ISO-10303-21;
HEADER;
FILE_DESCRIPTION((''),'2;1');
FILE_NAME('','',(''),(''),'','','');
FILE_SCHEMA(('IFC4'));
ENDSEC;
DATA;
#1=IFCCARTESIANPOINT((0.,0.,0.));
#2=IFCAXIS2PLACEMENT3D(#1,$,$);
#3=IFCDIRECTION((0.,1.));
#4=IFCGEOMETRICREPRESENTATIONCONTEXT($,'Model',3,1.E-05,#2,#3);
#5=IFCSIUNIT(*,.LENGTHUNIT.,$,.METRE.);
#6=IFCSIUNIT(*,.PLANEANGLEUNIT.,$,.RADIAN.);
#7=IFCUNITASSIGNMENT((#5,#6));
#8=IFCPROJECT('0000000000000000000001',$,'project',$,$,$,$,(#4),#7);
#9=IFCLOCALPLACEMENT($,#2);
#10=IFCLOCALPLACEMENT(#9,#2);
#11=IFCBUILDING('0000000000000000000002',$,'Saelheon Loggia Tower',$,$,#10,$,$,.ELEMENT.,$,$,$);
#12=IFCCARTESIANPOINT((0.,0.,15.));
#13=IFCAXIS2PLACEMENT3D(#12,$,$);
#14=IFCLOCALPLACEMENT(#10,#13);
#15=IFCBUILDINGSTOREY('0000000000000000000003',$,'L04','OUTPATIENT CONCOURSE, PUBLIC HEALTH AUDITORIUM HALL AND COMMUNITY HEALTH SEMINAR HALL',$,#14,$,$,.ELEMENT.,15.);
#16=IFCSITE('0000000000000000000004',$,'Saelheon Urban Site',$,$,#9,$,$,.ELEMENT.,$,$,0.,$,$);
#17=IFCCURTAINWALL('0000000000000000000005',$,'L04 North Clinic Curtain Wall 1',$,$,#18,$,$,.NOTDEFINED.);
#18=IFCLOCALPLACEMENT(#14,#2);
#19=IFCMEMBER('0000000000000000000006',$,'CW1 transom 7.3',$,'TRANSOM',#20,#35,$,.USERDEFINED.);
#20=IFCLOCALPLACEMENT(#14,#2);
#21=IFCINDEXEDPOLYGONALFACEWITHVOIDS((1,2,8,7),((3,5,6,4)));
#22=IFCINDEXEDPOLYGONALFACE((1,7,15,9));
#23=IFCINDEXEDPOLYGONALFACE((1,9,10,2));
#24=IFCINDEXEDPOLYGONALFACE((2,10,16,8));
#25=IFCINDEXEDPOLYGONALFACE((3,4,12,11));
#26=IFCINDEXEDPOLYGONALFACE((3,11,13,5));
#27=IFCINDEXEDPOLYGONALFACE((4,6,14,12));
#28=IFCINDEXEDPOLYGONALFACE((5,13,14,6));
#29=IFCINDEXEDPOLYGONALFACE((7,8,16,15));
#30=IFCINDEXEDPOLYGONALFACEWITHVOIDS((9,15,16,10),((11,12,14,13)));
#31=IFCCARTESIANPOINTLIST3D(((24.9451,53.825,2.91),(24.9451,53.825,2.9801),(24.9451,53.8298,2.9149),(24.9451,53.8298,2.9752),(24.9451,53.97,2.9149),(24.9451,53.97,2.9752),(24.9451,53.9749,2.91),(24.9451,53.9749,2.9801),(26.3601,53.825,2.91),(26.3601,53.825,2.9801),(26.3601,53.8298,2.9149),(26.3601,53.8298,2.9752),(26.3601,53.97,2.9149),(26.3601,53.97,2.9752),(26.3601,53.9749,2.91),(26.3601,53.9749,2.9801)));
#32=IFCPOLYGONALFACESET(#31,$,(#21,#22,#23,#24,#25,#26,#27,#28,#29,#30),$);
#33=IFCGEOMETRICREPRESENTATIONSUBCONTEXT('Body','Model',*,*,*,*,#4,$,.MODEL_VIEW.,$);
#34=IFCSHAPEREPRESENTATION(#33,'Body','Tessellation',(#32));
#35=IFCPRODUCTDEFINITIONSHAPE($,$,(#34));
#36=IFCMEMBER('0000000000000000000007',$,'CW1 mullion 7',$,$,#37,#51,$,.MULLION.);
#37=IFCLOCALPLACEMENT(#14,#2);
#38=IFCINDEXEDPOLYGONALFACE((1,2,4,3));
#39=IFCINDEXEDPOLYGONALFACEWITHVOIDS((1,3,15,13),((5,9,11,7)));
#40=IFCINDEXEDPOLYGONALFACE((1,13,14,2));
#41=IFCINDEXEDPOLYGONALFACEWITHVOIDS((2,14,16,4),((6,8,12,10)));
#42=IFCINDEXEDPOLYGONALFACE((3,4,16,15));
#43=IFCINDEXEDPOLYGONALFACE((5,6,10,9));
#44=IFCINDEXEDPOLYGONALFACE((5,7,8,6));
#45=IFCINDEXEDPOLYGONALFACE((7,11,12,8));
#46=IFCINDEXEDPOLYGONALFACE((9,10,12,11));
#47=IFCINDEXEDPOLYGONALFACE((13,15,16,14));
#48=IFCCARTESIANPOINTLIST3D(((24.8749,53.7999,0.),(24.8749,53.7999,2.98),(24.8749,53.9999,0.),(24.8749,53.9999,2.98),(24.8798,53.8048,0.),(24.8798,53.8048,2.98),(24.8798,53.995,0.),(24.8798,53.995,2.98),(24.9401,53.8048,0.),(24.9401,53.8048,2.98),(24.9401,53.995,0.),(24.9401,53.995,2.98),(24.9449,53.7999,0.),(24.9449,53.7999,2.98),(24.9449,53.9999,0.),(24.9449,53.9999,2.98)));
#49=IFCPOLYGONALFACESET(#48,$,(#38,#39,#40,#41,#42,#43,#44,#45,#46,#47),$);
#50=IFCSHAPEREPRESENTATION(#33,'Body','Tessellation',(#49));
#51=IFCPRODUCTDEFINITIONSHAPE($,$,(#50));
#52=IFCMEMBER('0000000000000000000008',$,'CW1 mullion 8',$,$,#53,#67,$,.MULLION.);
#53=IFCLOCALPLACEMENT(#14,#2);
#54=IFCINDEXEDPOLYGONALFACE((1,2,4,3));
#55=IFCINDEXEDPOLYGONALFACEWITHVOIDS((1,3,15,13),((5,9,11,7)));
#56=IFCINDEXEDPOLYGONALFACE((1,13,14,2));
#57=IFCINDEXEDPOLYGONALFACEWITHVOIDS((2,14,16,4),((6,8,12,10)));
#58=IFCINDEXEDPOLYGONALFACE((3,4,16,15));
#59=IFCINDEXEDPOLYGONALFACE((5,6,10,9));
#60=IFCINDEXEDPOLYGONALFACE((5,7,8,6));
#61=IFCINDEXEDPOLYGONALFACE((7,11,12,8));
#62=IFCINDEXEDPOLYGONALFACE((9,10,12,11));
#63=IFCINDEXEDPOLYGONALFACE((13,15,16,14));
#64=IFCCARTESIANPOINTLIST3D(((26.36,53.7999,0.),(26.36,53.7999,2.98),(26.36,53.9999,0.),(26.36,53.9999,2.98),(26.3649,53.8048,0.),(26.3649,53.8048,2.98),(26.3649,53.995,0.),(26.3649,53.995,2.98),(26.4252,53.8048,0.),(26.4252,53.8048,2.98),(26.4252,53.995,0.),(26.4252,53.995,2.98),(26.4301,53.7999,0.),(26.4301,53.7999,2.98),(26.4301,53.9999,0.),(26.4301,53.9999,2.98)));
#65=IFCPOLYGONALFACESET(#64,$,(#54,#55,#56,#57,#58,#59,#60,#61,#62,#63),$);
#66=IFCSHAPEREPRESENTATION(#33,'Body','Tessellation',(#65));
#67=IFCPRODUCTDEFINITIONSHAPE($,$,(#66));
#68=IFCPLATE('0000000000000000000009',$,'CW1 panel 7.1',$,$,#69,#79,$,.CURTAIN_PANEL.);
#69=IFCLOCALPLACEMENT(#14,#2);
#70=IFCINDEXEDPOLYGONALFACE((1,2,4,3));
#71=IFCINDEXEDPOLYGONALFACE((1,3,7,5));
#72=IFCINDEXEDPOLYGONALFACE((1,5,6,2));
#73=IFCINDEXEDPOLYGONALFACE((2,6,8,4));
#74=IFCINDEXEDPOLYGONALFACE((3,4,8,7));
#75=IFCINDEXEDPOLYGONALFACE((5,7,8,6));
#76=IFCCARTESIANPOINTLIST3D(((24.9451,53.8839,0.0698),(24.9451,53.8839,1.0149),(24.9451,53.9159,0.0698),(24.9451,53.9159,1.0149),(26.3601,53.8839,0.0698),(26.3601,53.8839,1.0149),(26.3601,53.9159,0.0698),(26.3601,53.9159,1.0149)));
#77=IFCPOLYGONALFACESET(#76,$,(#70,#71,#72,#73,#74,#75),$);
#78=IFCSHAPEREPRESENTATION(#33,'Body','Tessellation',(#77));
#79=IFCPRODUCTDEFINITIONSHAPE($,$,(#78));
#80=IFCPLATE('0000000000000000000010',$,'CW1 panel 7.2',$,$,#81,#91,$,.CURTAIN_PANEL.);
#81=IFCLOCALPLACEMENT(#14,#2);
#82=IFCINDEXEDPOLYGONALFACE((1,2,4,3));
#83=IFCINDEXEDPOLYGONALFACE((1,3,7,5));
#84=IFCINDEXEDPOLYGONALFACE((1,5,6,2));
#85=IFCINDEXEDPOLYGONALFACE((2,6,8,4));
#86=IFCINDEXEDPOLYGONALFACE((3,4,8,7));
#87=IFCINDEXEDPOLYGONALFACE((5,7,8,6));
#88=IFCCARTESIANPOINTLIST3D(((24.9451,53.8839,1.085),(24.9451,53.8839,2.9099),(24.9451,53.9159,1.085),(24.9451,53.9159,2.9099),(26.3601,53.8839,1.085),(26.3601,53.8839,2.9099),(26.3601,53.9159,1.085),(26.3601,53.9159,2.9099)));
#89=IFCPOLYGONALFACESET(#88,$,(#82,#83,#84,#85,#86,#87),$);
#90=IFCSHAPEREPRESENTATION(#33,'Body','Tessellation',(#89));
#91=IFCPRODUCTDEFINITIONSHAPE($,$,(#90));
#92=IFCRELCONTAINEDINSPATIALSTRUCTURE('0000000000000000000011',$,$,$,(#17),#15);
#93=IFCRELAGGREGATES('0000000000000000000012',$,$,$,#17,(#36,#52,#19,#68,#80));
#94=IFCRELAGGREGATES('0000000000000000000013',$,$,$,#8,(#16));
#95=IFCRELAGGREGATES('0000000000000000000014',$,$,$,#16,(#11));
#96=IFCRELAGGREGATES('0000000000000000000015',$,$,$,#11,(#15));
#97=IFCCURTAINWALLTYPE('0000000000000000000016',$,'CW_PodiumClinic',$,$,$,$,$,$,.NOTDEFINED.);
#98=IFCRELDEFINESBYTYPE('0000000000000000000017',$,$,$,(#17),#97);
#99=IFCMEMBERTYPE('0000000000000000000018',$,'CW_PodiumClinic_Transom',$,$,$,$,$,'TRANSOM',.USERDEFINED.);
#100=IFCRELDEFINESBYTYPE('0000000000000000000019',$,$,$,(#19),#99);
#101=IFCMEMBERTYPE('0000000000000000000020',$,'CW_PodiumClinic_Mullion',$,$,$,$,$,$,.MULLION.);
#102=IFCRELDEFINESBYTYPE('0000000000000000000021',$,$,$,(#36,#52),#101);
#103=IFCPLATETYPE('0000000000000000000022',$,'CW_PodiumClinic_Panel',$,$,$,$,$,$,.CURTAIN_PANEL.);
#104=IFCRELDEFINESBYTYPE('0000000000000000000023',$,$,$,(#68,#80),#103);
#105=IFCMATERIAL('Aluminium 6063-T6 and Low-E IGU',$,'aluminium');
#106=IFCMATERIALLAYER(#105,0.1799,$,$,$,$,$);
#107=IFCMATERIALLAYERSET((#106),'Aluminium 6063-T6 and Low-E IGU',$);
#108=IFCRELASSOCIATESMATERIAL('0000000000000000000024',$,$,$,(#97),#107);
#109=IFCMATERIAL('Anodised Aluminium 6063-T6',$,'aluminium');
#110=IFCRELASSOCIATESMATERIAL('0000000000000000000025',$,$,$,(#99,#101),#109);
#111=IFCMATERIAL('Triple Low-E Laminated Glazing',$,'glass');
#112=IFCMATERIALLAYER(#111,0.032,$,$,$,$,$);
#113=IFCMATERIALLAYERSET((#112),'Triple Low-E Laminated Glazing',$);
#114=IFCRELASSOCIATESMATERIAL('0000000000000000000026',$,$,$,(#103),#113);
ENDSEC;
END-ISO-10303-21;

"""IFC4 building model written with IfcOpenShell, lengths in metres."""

from ifc_helpers import new_model, si_unit, direction, frame, origin, origin_2d, place, context, subcontext, project, spatial, rectangle, hollow_rectangle, extrude, source, transform, mapped, material, layer, layer_set, material_profile, profile_set, type_object, element, aggregate, save


model = new_model("IFC4")

# Units and contexts
model_context = context("Model", 3, precision=1e-05, world=origin(), true_north=direction((0.0, 1.0)))
body_context = subcontext(model_context, "Body", "Model", "MODEL_VIEW")
ifc_project = project(units=[si_unit("LENGTHUNIT", "METRE"), si_unit("PLANEANGLEUNIT", "RADIAN")], contexts=[model_context])

# Site, building, storey
site_placement = place(None, origin())
site = spatial("IfcSite", under=ifc_project, at=site_placement, Name="Saelheon Urban Site", CompositionType="ELEMENT", RefElevation=0.0)
building_placement = place(site_placement, origin())
building = spatial("IfcBuilding", under=site, at=building_placement, Name="Saelheon Loggia Tower", CompositionType="ELEMENT")
storey_placement = place(building_placement, frame((0.0, 0.0, 15.0)))
storey = spatial("IfcBuildingStorey", under=building, at=storey_placement, Name="L04", Description="OUTPATIENT CONCOURSE, PUBLIC HEALTH AUDITORIUM HALL AND COMMUNITY HEALTH SEMINAR HALL", CompositionType="ELEMENT", Elevation=15.0)

# Curtain wall, members, plates
ifc_material_1 = material(Name="Aluminium 6063-T6 and Low-E IGU", Category="aluminium")
ifc_layer_1 = layer(ifc_material_1, 0.1799)
ifc_layer_set_1 = layer_set([ifc_layer_1], Name="Aluminium 6063-T6 and Low-E IGU")
curtain_wall_type = type_object("IfcCurtainWallType", Name="CW_PodiumClinic", PredefinedType="NOTDEFINED", material=ifc_layer_set_1)
curtain_wall_placement = place(storey_placement, origin())
curtain_wall = element("IfcCurtainWall", 1, at=curtain_wall_placement, inside=storey, type_object=curtain_wall_type, Name="L04 North Clinic Curtain Wall 1", PredefinedType="NOTDEFINED")
ifc_material_2 = material(Name="Anodised Aluminium 6063-T6", Category="aluminium")
ifc_material_profile_1 = material_profile(ifc_material_2, hollow_rectangle(XDim=0.0701, YDim=0.1499, WallThickness=0.0049, at=origin_2d()), Name="RHS-150x70x5")
ifc_profile_set_1 = profile_set([ifc_material_profile_1], Name="Anodised Aluminium 6063-T6")
member_type_1 = type_object("IfcMemberType", Name="CW_PodiumClinic_Transom", ElementType="TRANSOM", PredefinedType="USERDEFINED", material=ifc_profile_set_1)
shared_shape_1 = source(origin(), body_context, "Body", "SweptSolid", [
    extrude(hollow_rectangle(XDim=0.0701, YDim=0.1499, WallThickness=0.0049, at=origin_2d()), origin(), (0.0, 0.0, 1.0), 1.415),
])
member_1_placement = place(storey_placement, frame((24.9451, 53.8999, 2.9451), z_axis=(1.0, 0.0, 0.0), x_axis=(0.0, 0.0, 1.0)))
member_1 = element("IfcMember", 2, at=member_1_placement, type_object=member_type_1, Name="CW1 transom 7.3", ObjectType="TRANSOM", PredefinedType="USERDEFINED", context=body_context, shape_type="MappedRepresentation", body=[
    mapped(shared_shape_1, transform((0.0, 0.0, 0.0), scale=1.0)),
])
ifc_material_profile_2 = material_profile(ifc_material_2, hollow_rectangle(XDim=0.0701, YDim=0.2, WallThickness=0.0049, at=origin_2d()), Name="RHS-200x70x5")
ifc_profile_set_2 = profile_set([ifc_material_profile_2], Name="Anodised Aluminium 6063-T6")
member_type_2 = type_object("IfcMemberType", Name="CW_PodiumClinic_Mullion", PredefinedType="MULLION", material=ifc_profile_set_2)
shared_shape_2 = source(origin(), body_context, "Body", "SweptSolid", [
    extrude(hollow_rectangle(XDim=0.0701, YDim=0.2, WallThickness=0.0049, at=origin_2d()), origin(), (0.0, 0.0, 1.0), 2.98),
])
member_2_placement = place(storey_placement, frame((24.9099, 53.8999, 0.0), z_axis=(0.0, 0.0, 1.0), x_axis=(1.0, 0.0, 0.0)))
member_2 = element("IfcMember", 3, at=member_2_placement, type_object=member_type_2, Name="CW1 mullion 7", PredefinedType="MULLION", context=body_context, shape_type="MappedRepresentation", body=[
    mapped(shared_shape_2, transform((0.0, 0.0, 0.0), scale=1.0)),
])
member_3_placement = place(storey_placement, frame((26.395, 53.8999, 0.0), z_axis=(0.0, 0.0, 1.0), x_axis=(1.0, 0.0, 0.0)))
member_3 = element("IfcMember", 4, at=member_3_placement, type_object=member_type_2, Name="CW1 mullion 8", PredefinedType="MULLION", context=body_context, shape_type="MappedRepresentation", body=[
    mapped(shared_shape_2, transform((0.0, 0.0, 0.0), scale=1.0)),
])
ifc_material_3 = material(Name="Triple Low-E Laminated Glazing", Category="glass")
ifc_layer_2 = layer(ifc_material_3, 0.032)
ifc_layer_set_2 = layer_set([ifc_layer_2], Name="Triple Low-E Laminated Glazing")
plate_type = type_object("IfcPlateType", Name="CW_PodiumClinic_Panel", PredefinedType="CURTAIN_PANEL", material=ifc_layer_set_2)
shared_shape_3 = source(origin(), body_context, "Body", "SweptSolid", [
    extrude(rectangle(XDim=1.415, YDim=0.032, at=origin_2d()), origin(), (0.0, 0.0, 1.0), 0.9451),
])
plate_1_placement = place(storey_placement, frame((25.6526, 53.8999, 0.0698), z_axis=(0.0, 0.0, 1.0), x_axis=(1.0, 0.0, 0.0)))
plate_1 = element("IfcPlate", 5, at=plate_1_placement, type_object=plate_type, Name="CW1 panel 7.1", PredefinedType="CURTAIN_PANEL", context=body_context, shape_type="MappedRepresentation", body=[
    mapped(shared_shape_3, transform((0.0, 0.0, 0.0), scale=1.0)),
])
shared_shape_4 = source(origin(), body_context, "Body", "SweptSolid", [
    extrude(rectangle(XDim=1.415, YDim=0.032, at=origin_2d()), origin(), (0.0, 0.0, 1.0), 1.825),
])
plate_2_placement = place(storey_placement, frame((25.6526, 53.8999, 1.085), z_axis=(0.0, 0.0, 1.0), x_axis=(1.0, 0.0, 0.0)))
plate_2 = element("IfcPlate", 6, at=plate_2_placement, type_object=plate_type, Name="CW1 panel 7.2", PredefinedType="CURTAIN_PANEL", context=body_context, shape_type="MappedRepresentation", body=[
    mapped(shared_shape_4, transform((0.0, 0.0, 0.0), scale=1.0)),
])
aggregate(curtain_wall, [member_2, member_3, member_1, plate_1, plate_2])

save(model, "model.ifc")
